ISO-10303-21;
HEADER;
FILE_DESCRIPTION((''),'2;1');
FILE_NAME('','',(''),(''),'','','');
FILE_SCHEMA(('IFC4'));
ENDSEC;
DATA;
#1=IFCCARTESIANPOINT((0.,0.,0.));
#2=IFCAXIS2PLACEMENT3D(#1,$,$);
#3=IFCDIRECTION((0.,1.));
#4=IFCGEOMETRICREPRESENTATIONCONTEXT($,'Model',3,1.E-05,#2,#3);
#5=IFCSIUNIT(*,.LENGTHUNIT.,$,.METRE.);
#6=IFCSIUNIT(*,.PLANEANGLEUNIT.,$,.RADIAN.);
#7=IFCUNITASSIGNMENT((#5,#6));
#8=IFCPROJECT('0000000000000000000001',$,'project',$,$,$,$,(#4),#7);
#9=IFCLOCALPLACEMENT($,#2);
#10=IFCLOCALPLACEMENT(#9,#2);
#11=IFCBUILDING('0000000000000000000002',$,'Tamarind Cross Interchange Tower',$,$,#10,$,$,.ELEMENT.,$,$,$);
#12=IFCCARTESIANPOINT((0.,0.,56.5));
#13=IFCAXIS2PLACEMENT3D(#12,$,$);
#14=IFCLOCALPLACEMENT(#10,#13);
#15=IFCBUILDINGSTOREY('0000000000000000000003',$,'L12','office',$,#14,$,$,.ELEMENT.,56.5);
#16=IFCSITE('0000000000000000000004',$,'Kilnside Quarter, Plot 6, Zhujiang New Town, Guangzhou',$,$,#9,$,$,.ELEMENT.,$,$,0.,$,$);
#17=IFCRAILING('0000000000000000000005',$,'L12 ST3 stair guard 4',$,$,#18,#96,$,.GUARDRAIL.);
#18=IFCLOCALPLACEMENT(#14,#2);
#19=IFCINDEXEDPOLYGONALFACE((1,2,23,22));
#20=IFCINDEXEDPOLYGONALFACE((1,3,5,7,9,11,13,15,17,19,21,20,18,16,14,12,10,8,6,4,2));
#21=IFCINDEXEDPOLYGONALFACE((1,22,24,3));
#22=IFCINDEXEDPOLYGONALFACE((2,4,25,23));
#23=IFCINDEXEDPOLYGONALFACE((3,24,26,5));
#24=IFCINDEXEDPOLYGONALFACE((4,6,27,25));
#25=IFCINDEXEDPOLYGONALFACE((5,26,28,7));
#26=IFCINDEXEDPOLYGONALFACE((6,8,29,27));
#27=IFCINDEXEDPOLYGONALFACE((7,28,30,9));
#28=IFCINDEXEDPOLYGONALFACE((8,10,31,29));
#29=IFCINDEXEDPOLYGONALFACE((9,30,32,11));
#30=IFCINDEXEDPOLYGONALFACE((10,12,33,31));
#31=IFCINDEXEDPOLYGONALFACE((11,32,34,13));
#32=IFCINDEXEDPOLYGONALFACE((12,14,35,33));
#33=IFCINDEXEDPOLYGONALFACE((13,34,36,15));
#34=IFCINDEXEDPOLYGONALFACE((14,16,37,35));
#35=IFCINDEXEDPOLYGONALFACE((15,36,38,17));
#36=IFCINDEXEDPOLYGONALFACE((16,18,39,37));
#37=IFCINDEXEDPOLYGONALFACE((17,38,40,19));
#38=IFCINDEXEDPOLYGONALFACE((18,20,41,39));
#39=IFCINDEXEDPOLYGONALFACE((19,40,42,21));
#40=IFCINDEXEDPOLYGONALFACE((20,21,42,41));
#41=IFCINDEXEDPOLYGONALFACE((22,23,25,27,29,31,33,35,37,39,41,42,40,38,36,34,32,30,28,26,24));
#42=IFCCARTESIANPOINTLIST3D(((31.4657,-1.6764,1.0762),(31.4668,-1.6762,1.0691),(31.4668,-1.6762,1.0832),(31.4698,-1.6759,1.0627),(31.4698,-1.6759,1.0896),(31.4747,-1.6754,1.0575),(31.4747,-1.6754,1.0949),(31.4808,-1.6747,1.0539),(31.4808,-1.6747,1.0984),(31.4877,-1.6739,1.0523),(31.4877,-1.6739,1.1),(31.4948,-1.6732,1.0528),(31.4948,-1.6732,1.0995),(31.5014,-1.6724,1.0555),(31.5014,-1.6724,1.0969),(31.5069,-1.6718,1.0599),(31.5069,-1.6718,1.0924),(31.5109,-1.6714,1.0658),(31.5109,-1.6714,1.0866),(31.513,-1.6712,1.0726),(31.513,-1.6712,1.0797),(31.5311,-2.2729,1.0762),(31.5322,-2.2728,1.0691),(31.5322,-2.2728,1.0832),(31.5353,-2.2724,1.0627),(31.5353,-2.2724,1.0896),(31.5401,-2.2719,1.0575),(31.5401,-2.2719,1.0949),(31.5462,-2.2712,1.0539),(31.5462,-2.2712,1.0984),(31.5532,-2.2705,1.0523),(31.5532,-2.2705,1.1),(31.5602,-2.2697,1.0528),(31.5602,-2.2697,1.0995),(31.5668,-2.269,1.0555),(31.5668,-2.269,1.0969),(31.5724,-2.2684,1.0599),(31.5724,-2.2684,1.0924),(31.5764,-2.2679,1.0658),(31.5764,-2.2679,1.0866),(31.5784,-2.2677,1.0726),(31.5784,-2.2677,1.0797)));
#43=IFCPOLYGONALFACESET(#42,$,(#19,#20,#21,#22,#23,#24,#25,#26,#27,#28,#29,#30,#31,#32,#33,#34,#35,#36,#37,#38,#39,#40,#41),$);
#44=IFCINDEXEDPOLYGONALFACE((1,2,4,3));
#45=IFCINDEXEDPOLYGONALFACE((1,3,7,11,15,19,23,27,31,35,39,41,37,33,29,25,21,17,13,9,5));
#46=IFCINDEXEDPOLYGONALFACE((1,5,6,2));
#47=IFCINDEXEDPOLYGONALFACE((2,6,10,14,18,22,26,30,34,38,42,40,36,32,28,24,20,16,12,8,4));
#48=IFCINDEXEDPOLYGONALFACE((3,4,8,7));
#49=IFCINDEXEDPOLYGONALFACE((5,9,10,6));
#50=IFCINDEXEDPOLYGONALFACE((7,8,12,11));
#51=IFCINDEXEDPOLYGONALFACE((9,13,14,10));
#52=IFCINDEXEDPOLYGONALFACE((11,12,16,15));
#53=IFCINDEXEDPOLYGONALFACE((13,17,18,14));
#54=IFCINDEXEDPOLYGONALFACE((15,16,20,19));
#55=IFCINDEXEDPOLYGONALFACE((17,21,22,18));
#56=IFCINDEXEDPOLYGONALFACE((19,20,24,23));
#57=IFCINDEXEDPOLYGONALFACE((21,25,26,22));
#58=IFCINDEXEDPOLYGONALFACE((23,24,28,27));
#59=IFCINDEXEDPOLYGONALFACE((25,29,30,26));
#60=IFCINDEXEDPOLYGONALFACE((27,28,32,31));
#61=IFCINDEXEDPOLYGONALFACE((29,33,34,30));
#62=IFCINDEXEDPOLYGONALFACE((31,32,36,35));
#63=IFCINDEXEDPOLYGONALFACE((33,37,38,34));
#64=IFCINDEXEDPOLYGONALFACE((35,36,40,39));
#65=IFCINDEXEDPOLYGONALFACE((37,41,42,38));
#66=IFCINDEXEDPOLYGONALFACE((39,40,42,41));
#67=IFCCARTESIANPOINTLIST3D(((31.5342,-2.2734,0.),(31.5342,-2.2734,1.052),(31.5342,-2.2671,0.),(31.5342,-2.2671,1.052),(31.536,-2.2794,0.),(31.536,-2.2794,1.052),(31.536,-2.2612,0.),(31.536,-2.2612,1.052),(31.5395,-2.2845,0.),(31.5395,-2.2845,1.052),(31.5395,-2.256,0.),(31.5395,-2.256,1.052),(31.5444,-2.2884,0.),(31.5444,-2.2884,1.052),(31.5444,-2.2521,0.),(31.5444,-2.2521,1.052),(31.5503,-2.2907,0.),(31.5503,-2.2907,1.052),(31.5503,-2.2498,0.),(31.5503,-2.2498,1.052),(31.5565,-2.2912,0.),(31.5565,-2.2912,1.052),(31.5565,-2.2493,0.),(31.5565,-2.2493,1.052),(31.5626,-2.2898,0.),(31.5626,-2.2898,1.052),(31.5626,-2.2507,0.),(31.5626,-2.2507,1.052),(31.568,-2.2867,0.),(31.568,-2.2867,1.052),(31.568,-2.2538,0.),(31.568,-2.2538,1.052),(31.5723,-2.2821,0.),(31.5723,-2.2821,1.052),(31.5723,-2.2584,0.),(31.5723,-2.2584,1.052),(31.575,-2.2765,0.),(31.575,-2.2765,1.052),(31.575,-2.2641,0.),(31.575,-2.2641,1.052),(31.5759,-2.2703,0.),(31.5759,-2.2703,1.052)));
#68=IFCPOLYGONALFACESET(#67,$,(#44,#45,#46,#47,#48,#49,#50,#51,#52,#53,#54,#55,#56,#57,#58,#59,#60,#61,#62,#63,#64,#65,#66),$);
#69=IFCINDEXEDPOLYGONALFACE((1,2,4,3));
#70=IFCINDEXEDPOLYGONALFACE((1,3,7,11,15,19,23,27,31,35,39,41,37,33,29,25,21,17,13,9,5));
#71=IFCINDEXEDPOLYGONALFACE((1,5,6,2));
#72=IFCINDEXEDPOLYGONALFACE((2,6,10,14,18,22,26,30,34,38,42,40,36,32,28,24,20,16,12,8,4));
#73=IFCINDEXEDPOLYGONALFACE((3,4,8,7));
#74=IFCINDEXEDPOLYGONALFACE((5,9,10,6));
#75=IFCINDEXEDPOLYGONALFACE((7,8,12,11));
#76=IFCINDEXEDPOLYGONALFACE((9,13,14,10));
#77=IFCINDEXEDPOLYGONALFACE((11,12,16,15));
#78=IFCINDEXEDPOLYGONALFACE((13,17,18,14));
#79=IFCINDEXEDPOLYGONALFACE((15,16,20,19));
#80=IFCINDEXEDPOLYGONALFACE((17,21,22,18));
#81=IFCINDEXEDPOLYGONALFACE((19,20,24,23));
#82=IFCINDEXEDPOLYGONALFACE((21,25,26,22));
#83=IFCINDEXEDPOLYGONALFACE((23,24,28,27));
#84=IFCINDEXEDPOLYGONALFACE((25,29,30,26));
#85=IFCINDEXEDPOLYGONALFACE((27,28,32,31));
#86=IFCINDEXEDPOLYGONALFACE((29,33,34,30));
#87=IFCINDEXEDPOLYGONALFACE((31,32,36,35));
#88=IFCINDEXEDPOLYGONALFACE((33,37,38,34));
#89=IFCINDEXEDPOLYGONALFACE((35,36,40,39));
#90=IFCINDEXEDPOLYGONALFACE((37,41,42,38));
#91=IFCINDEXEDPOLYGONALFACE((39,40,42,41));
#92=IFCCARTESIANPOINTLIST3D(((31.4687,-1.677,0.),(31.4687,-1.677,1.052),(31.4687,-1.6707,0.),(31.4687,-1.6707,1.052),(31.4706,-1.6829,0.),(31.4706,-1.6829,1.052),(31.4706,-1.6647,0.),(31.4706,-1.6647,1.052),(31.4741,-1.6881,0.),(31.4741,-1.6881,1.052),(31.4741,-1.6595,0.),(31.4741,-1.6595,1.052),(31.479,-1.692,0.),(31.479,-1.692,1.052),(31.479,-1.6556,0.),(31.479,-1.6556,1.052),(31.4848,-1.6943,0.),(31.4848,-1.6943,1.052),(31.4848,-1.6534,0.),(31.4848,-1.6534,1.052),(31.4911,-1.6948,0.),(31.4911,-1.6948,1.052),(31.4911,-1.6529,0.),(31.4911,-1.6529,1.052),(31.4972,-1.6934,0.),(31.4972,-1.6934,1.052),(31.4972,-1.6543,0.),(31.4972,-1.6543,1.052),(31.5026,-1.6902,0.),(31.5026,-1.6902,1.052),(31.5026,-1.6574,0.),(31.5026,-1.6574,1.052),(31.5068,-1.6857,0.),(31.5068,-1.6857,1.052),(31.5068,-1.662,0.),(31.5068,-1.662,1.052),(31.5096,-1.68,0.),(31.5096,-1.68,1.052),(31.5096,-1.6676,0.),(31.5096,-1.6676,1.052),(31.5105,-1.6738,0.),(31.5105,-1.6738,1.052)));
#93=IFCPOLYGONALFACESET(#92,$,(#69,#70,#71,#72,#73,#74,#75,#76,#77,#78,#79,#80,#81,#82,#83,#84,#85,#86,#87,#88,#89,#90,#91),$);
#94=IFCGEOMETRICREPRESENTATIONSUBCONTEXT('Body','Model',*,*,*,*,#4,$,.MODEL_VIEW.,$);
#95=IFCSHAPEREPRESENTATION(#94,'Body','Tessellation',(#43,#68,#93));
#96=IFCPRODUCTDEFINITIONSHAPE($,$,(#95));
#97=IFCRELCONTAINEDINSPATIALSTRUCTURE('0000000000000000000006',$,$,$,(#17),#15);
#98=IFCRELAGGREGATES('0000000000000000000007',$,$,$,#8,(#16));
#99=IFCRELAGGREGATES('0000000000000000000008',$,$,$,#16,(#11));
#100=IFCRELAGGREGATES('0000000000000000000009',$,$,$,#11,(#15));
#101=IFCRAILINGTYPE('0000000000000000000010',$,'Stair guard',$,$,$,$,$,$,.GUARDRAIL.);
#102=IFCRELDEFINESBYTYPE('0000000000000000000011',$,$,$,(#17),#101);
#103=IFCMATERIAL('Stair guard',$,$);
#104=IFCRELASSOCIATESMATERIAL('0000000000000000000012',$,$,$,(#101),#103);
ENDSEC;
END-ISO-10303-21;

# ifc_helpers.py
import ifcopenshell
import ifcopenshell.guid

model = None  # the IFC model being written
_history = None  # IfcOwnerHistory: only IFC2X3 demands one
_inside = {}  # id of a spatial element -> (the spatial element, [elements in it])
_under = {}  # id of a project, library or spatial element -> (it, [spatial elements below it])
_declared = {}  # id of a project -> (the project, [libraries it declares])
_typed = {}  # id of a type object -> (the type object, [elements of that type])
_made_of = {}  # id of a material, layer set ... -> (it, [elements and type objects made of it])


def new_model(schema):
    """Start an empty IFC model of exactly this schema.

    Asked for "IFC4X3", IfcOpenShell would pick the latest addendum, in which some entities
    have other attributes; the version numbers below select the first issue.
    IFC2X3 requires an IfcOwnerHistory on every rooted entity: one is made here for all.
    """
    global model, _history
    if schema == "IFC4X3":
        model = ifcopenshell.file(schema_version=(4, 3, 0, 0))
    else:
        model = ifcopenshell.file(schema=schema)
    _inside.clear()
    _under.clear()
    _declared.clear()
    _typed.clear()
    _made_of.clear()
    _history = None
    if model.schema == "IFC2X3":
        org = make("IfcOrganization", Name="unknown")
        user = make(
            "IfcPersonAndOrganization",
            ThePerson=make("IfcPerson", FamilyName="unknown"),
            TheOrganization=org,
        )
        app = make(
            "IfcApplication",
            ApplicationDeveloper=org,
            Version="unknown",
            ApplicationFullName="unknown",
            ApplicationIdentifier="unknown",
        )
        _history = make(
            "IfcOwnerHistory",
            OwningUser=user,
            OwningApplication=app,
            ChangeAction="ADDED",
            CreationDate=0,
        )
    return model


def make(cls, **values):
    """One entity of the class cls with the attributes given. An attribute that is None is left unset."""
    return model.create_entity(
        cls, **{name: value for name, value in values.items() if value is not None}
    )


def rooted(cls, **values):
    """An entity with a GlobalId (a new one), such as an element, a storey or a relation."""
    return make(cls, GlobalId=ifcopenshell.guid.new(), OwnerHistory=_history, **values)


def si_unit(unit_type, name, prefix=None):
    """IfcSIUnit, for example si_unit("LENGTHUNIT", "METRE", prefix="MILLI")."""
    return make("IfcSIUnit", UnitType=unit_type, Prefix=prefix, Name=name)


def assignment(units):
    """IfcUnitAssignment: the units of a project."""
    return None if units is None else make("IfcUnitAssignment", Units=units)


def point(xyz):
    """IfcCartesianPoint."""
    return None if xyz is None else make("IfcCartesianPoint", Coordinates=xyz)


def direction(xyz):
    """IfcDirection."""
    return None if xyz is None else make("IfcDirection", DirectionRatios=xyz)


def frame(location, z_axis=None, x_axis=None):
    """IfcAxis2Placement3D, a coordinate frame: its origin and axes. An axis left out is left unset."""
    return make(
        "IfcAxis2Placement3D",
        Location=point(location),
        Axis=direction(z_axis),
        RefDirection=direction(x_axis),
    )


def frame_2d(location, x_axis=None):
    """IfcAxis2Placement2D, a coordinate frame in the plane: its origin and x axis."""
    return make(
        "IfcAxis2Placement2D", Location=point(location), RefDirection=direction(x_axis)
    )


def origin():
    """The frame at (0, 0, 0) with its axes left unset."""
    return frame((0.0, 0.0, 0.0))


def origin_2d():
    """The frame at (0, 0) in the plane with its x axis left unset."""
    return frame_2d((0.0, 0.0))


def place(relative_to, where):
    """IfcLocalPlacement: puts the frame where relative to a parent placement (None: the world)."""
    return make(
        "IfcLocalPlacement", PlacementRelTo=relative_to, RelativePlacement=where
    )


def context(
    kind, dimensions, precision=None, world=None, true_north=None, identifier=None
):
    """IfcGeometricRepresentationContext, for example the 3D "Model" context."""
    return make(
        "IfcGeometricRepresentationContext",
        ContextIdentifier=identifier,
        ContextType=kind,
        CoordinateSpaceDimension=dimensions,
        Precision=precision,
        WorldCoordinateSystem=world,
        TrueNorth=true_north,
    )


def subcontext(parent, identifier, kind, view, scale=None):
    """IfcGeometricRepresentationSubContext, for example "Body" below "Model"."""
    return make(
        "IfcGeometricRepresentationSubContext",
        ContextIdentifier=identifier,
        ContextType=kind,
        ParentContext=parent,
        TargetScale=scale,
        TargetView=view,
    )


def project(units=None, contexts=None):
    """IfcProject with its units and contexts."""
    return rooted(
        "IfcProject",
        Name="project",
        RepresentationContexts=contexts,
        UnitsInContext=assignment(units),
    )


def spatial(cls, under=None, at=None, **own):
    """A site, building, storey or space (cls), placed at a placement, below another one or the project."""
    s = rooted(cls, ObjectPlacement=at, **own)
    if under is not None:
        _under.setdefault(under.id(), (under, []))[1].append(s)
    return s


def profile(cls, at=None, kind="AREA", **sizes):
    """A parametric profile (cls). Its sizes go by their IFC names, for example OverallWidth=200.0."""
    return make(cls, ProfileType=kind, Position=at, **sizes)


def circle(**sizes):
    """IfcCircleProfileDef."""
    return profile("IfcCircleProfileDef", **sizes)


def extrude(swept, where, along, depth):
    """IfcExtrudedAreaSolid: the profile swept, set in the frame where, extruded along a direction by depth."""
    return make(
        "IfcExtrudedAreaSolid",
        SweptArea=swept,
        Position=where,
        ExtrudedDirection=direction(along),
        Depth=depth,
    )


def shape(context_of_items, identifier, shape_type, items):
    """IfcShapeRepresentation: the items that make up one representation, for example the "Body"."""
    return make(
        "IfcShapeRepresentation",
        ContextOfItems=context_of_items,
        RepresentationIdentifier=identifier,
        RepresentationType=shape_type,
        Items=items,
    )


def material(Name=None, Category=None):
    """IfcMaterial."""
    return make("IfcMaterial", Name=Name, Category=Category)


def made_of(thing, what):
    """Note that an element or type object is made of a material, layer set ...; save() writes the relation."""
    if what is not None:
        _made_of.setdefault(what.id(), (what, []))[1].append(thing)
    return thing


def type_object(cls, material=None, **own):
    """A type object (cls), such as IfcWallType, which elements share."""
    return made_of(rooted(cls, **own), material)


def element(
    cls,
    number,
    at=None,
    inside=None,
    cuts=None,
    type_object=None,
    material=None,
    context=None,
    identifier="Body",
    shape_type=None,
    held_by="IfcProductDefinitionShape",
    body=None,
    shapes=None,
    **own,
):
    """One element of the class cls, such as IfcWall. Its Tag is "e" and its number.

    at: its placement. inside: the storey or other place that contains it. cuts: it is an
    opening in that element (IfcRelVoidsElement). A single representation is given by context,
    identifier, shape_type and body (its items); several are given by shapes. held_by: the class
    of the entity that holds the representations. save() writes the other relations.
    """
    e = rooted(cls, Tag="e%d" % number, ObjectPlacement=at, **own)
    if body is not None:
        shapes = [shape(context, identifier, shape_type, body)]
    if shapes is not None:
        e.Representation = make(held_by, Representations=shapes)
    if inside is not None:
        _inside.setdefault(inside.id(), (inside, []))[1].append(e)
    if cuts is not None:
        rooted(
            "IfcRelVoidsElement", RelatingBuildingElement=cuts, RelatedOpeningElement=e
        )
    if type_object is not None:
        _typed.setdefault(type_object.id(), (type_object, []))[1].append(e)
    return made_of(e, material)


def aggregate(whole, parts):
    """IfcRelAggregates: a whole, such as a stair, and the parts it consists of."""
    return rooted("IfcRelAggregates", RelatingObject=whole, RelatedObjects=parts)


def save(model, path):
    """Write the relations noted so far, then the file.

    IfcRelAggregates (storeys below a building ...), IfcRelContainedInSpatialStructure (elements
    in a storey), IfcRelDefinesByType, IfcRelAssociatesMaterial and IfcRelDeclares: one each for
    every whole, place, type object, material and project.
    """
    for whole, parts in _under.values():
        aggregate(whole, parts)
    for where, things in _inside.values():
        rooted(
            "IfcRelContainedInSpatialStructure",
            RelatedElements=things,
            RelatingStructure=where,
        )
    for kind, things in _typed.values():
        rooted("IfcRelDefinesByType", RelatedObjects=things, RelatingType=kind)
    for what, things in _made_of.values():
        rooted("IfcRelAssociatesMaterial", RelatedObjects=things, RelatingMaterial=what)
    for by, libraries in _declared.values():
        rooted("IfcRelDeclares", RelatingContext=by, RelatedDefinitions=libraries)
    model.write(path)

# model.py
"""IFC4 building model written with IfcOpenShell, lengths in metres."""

from ifc_helpers import new_model, si_unit, direction, frame, origin, origin_2d, place, context, subcontext, project, spatial, circle, extrude, material, type_object, element, save


model = new_model("IFC4")

# Units and contexts
model_context = context("Model", 3, precision=1e-05, world=origin(), true_north=direction((0.0, 1.0)))
body_context = subcontext(model_context, "Body", "Model", "MODEL_VIEW")
ifc_project = project(units=[si_unit("LENGTHUNIT", "METRE"), si_unit("PLANEANGLEUNIT", "RADIAN")], contexts=[model_context])

# Site, building, storey
site_placement = place(None, origin())
site = spatial("IfcSite", under=ifc_project, at=site_placement, Name="Kilnside Quarter, Plot 6, Zhujiang New Town, Guangzhou", CompositionType="ELEMENT", RefElevation=0.0)
building_placement = place(site_placement, origin())
building = spatial("IfcBuilding", under=site, at=building_placement, Name="Tamarind Cross Interchange Tower", CompositionType="ELEMENT")
storey_placement = place(building_placement, frame((0.0, 0.0, 56.5)))
storey = spatial("IfcBuildingStorey", under=building, at=storey_placement, Name="L12", Description="office", CompositionType="ELEMENT", Elevation=56.5)

# Railing
ifc_material_1 = material(Name="Stair guard")
railing_type_1 = type_object("IfcRailingType", Name="Stair guard", PredefinedType="GUARDRAIL", material=ifc_material_1)
railing_1_placement = place(storey_placement, frame((31.5549, -2.2703, 0.0)))
element("IfcRailing", 1, at=railing_1_placement, inside=storey, type_object=railing_type_1, Name="L12 ST3 stair guard 4", PredefinedType="GUARDRAIL", context=body_context, shape_type="SweptSolid", body=[
    extrude(circle(Radius=0.0239, at=origin_2d()), frame((0.0, 0.0, 1.0762), z_axis=(-0.109047, 0.994037, 0.0), x_axis=(-0.994037, -0.109047, 0.0)), (0.0, 0.0, 1.0), 0.6001),
    extrude(circle(Radius=0.021, at=origin_2d()), origin(), (0.0, 0.0, 1.0), 1.052),
    extrude(circle(Radius=0.021, at=origin_2d()), frame((-0.0654, 0.5964, 0.0)), (0.0, 0.0, 1.0), 1.052),
])

save(model, "model.ifc")
